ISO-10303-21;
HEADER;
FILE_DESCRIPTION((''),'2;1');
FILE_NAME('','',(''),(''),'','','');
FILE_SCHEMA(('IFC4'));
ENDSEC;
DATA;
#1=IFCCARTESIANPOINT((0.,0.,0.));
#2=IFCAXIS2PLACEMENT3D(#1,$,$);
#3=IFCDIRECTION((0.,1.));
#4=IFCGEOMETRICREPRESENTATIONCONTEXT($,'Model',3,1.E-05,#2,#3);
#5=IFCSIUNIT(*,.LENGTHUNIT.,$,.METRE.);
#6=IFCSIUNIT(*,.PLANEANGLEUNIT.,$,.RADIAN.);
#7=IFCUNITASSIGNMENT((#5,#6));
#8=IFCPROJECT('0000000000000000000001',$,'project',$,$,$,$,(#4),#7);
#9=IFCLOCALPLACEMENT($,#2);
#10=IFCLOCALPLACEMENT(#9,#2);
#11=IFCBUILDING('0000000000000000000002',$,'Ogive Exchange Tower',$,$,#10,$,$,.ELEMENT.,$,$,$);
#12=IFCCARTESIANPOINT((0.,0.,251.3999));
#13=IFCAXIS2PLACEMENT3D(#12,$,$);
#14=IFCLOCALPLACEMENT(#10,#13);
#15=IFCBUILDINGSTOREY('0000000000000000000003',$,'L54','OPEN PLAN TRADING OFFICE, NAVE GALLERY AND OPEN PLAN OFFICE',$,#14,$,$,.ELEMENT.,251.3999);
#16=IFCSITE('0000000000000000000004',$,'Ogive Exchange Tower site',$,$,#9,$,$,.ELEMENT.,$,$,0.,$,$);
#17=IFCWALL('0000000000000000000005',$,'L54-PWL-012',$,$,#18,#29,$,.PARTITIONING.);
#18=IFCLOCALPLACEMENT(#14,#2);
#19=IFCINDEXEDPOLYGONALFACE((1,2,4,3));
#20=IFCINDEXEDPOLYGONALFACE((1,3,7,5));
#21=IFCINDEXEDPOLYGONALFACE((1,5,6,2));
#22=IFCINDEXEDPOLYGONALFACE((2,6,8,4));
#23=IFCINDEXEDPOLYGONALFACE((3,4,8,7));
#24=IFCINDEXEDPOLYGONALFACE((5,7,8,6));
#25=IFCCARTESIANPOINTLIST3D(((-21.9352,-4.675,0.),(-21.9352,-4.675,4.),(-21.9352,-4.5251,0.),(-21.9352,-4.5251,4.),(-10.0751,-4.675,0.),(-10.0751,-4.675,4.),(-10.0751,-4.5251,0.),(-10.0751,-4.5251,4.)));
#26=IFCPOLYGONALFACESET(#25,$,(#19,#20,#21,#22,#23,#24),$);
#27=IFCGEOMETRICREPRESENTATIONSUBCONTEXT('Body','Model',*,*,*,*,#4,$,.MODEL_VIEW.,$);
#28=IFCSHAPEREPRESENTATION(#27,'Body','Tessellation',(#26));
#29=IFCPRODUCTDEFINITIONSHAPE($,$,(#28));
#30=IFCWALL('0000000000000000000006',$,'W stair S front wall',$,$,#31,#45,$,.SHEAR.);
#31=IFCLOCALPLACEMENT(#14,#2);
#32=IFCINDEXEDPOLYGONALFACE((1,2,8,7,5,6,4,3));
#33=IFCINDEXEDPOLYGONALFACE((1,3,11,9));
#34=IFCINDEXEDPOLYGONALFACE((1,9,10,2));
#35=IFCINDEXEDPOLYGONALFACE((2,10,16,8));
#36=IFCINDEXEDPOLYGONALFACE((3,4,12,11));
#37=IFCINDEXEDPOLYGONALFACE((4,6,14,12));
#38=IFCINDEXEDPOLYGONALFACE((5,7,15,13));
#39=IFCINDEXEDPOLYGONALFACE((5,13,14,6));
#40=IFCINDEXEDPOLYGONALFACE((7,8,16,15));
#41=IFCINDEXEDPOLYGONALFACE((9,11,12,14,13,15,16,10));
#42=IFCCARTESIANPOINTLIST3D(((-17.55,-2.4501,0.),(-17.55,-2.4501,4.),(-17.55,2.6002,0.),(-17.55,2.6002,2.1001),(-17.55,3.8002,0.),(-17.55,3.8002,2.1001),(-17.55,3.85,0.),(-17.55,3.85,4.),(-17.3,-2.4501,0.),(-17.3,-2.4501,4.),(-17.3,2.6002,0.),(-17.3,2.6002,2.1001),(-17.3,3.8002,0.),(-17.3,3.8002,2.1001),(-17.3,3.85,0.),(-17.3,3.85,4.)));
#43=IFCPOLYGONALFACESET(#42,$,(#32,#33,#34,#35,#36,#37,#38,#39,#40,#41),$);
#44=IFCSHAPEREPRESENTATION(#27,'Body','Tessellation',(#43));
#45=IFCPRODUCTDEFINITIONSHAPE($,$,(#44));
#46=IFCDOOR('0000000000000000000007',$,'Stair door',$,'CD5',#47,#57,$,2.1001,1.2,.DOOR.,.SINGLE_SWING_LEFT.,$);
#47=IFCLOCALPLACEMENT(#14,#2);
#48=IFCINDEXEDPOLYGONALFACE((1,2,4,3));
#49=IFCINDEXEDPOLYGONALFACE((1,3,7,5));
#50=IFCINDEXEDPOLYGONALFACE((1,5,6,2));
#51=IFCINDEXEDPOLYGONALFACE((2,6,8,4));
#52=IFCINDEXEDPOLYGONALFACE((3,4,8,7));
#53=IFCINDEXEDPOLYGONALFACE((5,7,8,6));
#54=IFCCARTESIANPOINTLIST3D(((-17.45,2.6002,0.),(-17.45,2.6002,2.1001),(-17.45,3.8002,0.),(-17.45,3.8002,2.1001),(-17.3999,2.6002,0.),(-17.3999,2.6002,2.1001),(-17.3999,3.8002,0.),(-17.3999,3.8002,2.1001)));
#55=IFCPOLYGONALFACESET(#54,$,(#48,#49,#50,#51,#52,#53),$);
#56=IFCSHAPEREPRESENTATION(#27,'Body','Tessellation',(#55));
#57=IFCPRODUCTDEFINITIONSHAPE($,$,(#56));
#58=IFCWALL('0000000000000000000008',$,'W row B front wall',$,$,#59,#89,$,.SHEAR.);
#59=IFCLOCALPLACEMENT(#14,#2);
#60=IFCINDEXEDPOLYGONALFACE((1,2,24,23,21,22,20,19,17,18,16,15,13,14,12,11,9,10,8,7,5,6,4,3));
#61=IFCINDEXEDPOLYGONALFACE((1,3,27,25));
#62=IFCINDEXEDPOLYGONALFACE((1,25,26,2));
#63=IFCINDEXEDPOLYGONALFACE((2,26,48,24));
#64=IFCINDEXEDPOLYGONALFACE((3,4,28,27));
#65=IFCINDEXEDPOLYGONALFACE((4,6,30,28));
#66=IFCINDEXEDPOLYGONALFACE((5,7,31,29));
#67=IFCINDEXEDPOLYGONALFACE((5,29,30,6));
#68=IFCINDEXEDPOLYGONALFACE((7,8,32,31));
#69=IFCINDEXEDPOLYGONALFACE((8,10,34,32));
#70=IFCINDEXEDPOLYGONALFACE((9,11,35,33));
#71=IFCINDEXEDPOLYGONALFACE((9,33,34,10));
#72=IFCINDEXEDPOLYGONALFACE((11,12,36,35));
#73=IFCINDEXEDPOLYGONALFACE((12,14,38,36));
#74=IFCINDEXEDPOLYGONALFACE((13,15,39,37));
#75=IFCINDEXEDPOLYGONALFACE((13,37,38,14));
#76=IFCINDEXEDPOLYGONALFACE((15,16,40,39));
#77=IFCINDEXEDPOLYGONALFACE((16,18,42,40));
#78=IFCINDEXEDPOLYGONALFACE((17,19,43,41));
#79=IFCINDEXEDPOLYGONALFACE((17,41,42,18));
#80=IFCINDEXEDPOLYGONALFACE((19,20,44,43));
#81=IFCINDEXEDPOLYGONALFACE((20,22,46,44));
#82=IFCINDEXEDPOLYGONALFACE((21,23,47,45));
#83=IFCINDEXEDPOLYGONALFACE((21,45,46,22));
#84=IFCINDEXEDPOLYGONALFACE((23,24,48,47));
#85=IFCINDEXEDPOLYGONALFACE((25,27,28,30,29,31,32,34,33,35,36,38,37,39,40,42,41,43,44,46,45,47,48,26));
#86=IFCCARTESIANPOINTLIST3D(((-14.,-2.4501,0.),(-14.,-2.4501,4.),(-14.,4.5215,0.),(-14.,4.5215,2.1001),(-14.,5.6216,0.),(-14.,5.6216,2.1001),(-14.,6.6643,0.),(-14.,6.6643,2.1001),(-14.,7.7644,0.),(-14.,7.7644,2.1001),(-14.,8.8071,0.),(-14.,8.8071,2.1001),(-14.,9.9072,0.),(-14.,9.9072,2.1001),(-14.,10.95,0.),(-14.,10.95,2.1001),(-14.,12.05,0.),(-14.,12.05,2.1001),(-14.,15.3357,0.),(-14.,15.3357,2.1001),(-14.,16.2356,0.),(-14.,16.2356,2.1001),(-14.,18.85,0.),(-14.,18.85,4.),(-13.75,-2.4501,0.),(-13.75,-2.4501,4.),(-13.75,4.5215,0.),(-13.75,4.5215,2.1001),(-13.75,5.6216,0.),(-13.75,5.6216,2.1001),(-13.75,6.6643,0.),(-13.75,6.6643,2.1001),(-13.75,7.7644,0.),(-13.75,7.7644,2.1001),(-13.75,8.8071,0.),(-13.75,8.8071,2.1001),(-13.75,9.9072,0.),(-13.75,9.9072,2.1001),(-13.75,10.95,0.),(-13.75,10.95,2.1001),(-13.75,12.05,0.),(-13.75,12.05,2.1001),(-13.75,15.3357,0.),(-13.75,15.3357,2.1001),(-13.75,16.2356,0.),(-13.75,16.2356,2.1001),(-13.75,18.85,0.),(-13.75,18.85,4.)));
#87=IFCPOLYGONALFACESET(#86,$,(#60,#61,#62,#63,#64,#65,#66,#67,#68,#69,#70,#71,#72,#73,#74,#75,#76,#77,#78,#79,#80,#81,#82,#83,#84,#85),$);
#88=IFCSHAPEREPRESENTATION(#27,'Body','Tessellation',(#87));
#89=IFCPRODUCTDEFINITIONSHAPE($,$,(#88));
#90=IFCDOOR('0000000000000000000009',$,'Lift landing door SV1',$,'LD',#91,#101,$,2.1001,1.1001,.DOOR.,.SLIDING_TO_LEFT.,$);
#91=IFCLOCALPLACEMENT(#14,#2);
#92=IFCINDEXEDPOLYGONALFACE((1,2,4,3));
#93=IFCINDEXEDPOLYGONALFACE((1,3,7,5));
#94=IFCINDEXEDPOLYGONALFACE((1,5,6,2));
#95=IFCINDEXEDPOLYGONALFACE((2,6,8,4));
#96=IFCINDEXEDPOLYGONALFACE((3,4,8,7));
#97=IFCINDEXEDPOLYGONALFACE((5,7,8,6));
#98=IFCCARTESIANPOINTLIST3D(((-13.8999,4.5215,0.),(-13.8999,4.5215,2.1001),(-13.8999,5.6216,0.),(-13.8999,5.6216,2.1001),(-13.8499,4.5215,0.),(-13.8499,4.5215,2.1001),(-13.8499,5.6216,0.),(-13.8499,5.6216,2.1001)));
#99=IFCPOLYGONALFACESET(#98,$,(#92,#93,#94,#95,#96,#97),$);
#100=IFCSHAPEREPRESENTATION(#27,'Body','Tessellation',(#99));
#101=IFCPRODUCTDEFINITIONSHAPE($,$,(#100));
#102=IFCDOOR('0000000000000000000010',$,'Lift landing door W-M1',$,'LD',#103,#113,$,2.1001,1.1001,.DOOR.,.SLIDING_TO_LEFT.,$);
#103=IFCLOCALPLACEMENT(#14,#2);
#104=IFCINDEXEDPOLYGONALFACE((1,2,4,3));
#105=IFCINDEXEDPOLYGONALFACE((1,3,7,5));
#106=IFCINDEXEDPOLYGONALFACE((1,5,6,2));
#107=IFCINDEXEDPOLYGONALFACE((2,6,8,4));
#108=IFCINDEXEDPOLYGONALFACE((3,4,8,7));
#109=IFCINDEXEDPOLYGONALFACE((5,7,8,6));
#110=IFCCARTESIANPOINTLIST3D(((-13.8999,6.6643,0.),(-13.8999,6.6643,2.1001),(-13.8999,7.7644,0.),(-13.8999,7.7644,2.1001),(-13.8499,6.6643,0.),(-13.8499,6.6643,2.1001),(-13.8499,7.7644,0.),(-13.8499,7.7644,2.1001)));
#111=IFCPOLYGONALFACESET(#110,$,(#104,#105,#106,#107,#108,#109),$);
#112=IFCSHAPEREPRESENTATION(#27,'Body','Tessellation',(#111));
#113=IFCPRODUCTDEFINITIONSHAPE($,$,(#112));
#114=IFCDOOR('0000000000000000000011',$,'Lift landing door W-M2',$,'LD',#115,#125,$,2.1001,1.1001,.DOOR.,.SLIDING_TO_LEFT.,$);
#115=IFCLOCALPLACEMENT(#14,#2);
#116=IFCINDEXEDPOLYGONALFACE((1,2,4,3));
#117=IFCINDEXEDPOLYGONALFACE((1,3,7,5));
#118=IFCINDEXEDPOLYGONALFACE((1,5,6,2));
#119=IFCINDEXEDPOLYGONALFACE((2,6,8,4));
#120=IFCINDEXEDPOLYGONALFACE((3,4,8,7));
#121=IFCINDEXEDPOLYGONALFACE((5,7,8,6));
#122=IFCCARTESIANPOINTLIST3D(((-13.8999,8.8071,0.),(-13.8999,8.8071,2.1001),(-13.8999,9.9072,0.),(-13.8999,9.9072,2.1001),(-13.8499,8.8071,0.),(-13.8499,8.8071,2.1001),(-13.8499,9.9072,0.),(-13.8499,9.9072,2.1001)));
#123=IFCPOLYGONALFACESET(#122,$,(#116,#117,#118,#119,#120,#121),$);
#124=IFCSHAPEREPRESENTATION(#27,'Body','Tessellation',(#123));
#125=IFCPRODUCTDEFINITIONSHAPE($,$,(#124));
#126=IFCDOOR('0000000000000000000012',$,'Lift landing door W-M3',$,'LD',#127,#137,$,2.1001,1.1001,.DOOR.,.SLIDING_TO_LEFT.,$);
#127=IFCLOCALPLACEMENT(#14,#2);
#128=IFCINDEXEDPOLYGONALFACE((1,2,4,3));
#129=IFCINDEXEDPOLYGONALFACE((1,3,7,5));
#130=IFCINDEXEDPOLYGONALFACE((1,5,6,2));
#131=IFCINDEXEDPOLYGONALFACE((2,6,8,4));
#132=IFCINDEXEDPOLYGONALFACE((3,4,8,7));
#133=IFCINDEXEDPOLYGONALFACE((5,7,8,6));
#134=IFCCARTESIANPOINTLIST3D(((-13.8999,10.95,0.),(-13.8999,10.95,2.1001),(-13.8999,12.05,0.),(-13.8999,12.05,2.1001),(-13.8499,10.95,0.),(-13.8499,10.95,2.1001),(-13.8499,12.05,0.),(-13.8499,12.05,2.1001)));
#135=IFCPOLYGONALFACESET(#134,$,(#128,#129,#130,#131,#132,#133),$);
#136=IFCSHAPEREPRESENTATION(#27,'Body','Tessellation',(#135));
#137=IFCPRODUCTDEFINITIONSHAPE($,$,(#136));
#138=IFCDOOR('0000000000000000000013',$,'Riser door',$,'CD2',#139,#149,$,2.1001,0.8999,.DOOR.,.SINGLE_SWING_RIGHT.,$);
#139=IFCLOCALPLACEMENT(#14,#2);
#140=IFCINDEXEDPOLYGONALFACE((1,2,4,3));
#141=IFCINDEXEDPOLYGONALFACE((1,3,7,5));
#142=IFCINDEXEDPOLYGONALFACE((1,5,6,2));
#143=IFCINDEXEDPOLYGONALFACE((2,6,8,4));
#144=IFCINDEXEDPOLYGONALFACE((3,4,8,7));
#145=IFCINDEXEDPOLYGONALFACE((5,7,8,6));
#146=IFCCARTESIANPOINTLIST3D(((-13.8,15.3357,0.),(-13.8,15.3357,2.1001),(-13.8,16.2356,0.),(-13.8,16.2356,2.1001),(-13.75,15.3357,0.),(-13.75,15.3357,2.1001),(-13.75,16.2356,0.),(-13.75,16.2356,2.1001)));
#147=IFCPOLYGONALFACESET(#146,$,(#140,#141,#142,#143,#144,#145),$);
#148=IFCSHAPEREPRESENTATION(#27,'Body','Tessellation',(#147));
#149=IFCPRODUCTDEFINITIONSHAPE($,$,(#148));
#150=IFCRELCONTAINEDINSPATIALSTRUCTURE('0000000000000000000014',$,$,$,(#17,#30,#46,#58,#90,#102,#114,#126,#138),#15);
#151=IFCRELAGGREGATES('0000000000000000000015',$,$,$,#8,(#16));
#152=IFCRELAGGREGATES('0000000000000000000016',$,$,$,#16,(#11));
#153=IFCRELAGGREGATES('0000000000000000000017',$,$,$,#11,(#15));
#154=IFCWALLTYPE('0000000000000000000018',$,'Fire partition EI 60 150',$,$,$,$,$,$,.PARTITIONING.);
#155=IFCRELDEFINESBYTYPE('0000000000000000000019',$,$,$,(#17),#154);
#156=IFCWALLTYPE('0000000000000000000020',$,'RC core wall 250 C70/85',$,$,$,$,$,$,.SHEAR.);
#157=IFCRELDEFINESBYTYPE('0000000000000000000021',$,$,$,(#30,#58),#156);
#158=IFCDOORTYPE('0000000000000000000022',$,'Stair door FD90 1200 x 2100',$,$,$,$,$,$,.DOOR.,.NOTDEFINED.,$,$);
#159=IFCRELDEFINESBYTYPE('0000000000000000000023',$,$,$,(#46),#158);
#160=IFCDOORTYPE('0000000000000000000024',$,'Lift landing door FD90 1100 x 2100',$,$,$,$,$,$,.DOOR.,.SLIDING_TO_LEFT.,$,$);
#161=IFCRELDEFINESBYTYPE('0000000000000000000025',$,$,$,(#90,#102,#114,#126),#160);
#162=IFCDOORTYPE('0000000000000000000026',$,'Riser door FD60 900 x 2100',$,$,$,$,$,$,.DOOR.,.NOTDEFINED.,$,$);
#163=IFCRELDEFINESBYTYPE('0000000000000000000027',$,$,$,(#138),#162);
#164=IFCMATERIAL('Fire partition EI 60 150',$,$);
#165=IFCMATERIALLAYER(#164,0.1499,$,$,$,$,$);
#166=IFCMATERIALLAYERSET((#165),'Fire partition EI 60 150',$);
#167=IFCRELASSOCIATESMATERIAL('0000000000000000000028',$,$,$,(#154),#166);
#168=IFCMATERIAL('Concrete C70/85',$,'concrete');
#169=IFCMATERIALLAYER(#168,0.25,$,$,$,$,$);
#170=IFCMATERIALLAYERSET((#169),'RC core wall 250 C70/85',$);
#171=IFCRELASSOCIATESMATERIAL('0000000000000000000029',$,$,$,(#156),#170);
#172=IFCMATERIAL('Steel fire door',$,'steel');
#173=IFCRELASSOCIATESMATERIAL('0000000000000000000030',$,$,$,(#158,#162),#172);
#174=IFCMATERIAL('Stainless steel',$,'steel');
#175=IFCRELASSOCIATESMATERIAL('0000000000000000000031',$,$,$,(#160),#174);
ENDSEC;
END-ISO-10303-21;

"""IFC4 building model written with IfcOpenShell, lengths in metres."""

from ifc_helpers import new_model, si_unit, direction, frame, frame_2d, origin, place, context, subcontext, project, spatial, rectangle, extrude, material, layer, layer_set, type_object, element, fill, save


model = new_model("IFC4")

# Units and contexts
model_context = context("Model", 3, precision=1e-05, world=origin(), true_north=direction((0.0, 1.0)))
body_context = subcontext(model_context, "Body", "Model", "MODEL_VIEW")
ifc_project = project(units=[si_unit("LENGTHUNIT", "METRE"), si_unit("PLANEANGLEUNIT", "RADIAN")], contexts=[model_context])

# Site, building, storey
site_placement = place(None, origin())
site = spatial("IfcSite", under=ifc_project, at=site_placement, Name="Ogive Exchange Tower site", CompositionType="ELEMENT", RefElevation=0.0)
building_placement = place(site_placement, origin())
building = spatial("IfcBuilding", under=site, at=building_placement, Name="Ogive Exchange Tower", CompositionType="ELEMENT")
storey_placement = place(building_placement, frame((0.0, 0.0, 251.3999)))
storey = spatial("IfcBuildingStorey", under=building, at=storey_placement, Name="L54", Description="OPEN PLAN TRADING OFFICE, NAVE GALLERY AND OPEN PLAN OFFICE", CompositionType="ELEMENT", Elevation=251.3999)

# Wall
ifc_material_1 = material(Name="Fire partition EI 60 150")
ifc_layer_1 = layer(ifc_material_1, 0.1499)
ifc_layer_set_1 = layer_set([ifc_layer_1], Name="Fire partition EI 60 150")
wall_type_1 = type_object("IfcWallType", Name="Fire partition EI 60 150", PredefinedType="PARTITIONING", material=ifc_layer_set_1)
wall_1_placement = place(storey_placement, frame((-10.075, -4.6001, 0.0), z_axis=(0.0, 0.0, 1.0), x_axis=(-1.0, 0.0, 0.0)))
element("IfcWall", 1, at=wall_1_placement, inside=storey, type_object=wall_type_1, Name="L54-PWL-012", PredefinedType="PARTITIONING", context=body_context, shape_type="SweptSolid", body=[
    extrude(rectangle(XDim=11.8601, YDim=0.1499, at=frame_2d((5.9302, 0.0))), origin(), (0.0, 0.0, 1.0), 4.0),
])

# Wall, opening, door
ifc_material_2 = material(Name="Concrete C70/85", Category="concrete")
ifc_layer_2 = layer(ifc_material_2, 0.25)
ifc_layer_set_2 = layer_set([ifc_layer_2], Name="RC core wall 250 C70/85")
wall_type_2 = type_object("IfcWallType", Name="RC core wall 250 C70/85", PredefinedType="SHEAR", material=ifc_layer_set_2)
wall_2_placement = place(storey_placement, frame((-17.425, -2.45, 0.0), z_axis=(0.0, 0.0, 1.0), x_axis=(0.0, 1.0, 0.0)))
wall_2 = element("IfcWall", 2, at=wall_2_placement, inside=storey, type_object=wall_type_2, Name="W stair S front wall", PredefinedType="SHEAR", context=body_context, shape_type="SweptSolid", body=[
    extrude(rectangle(XDim=6.3, YDim=0.25, at=frame_2d((3.1499, 0.0))), origin(), (0.0, 0.0, 1.0), 4.0),
])
opening_1_placement = place(wall_2_placement, frame((5.05, 0.0, 0.0)))
opening_1 = element("IfcOpeningElement", 3, at=opening_1_placement, cuts=wall_2, PredefinedType="OPENING", context=body_context, shape_type="SweptSolid", body=[
    extrude(rectangle(XDim=1.2, YDim=2.1001, at=frame_2d((0.6001, 1.05))), frame((0.0, 0.135, 0.0), z_axis=(0.0, -1.0, 0.0), x_axis=(1.0, 0.0, 0.0)), (0.0, 0.0, 1.0), 0.27),
])
ifc_material_3 = material(Name="Steel fire door", Category="steel")
door_type_1 = type_object("IfcDoorType", Name="Stair door FD90 1200 x 2100", OperationType="NOTDEFINED", PredefinedType="DOOR", material=ifc_material_3)
door_1_placement = place(opening_1_placement, origin())
door_1 = element("IfcDoor", 4, at=door_1_placement, inside=storey, type_object=door_type_1, Name="Stair door", ObjectType="CD5", OperationType="SINGLE_SWING_LEFT", OverallHeight=2.1001, OverallWidth=1.2, PredefinedType="DOOR", context=body_context, shape_type="SweptSolid", body=[
    extrude(rectangle(XDim=1.2, YDim=2.1001, at=frame_2d((0.6001, 1.05))), frame((0.0, 0.0249, 0.0), z_axis=(0.0, -1.0, 0.0), x_axis=(1.0, 0.0, 0.0)), (0.0, 0.0, 1.0), 0.05),
])
fill(opening_1, door_1)

# Wall, openings, doors
wall_3_placement = place(storey_placement, frame((-13.875, -2.45, 0.0), z_axis=(0.0, 0.0, 1.0), x_axis=(0.0, 1.0, 0.0)))
wall_3 = element("IfcWall", 5, at=wall_3_placement, inside=storey, type_object=wall_type_2, Name="W row B front wall", PredefinedType="SHEAR", context=body_context, shape_type="SweptSolid", body=[
    extrude(rectangle(XDim=21.3, YDim=0.25, at=frame_2d((10.6499, 0.0))), origin(), (0.0, 0.0, 1.0), 4.0),
])
opening_2_placement = place(wall_3_placement, frame((17.7856, 0.0, 0.0)))
opening_2 = element("IfcOpeningElement", 6, at=opening_2_placement, cuts=wall_3, PredefinedType="OPENING", context=body_context, shape_type="SweptSolid", body=[
    extrude(rectangle(XDim=0.8999, YDim=2.1001, at=frame_2d((0.45, 1.05))), frame((0.0, 0.135, 0.0), z_axis=(0.0, -1.0, 0.0), x_axis=(1.0, 0.0, 0.0)), (0.0, 0.0, 1.0), 0.27),
])
opening_3_placement = place(wall_3_placement, frame((6.9714, 0.0, 0.0)))
opening_3 = element("IfcOpeningElement", 7, at=opening_3_placement, cuts=wall_3, PredefinedType="OPENING", context=body_context, shape_type="SweptSolid", body=[
    extrude(rectangle(XDim=1.1001, YDim=2.1001, at=frame_2d((0.55, 1.05))), frame((0.0, 0.135, 0.0), z_axis=(0.0, -1.0, 0.0), x_axis=(1.0, 0.0, 0.0)), (0.0, 0.0, 1.0), 0.27),
])
opening_4_placement = place(wall_3_placement, frame((9.1143, 0.0, 0.0)))
opening_4 = element("IfcOpeningElement", 8, at=opening_4_placement, cuts=wall_3, PredefinedType="OPENING", context=body_context, shape_type="SweptSolid", body=[
    extrude(rectangle(XDim=1.1001, YDim=2.1001, at=frame_2d((0.55, 1.05))), frame((0.0, 0.135, 0.0), z_axis=(0.0, -1.0, 0.0), x_axis=(1.0, 0.0, 0.0)), (0.0, 0.0, 1.0), 0.27),
])
opening_5_placement = place(wall_3_placement, frame((11.2571, 0.0, 0.0)))
opening_5 = element("IfcOpeningElement", 9, at=opening_5_placement, cuts=wall_3, PredefinedType="OPENING", context=body_context, shape_type="SweptSolid", body=[
    extrude(rectangle(XDim=1.1001, YDim=2.1001, at=frame_2d((0.55, 1.05))), frame((0.0, 0.135, 0.0), z_axis=(0.0, -1.0, 0.0), x_axis=(1.0, 0.0, 0.0)), (0.0, 0.0, 1.0), 0.27),
])
opening_6_placement = place(wall_3_placement, frame((13.3999, 0.0, 0.0)))
opening_6 = element("IfcOpeningElement", 10, at=opening_6_placement, cuts=wall_3, PredefinedType="OPENING", context=body_context, shape_type="SweptSolid", body=[
    extrude(rectangle(XDim=1.1001, YDim=2.1001, at=frame_2d((0.55, 1.05))), frame((0.0, 0.135, 0.0), z_axis=(0.0, -1.0, 0.0), x_axis=(1.0, 0.0, 0.0)), (0.0, 0.0, 1.0), 0.27),
])
ifc_material_4 = material(Name="Stainless steel", Category="steel")
door_type_2 = type_object("IfcDoorType", Name="Lift landing door FD90 1100 x 2100", OperationType="SLIDING_TO_LEFT", PredefinedType="DOOR", material=ifc_material_4)
door_2_placement = place(opening_3_placement, origin())
door_2 = element("IfcDoor", 11, at=door_2_placement, inside=storey, type_object=door_type_2, Name="Lift landing door SV1", ObjectType="LD", OperationType="SLIDING_TO_LEFT", OverallHeight=2.1001, OverallWidth=1.1001, PredefinedType="DOOR", context=body_context, shape_type="SweptSolid", body=[
    extrude(rectangle(XDim=1.1001, YDim=2.1001, at=frame_2d((0.55, 1.05))), frame((0.0, 0.0249, 0.0), z_axis=(0.0, -1.0, 0.0), x_axis=(1.0, 0.0, 0.0)), (0.0, 0.0, 1.0), 0.05),
])
fill(opening_3, door_2)
door_3_placement = place(opening_4_placement, origin())
door_3 = element("IfcDoor", 12, at=door_3_placement, inside=storey, type_object=door_type_2, Name="Lift landing door W-M1", ObjectType="LD", OperationType="SLIDING_TO_LEFT", OverallHeight=2.1001, OverallWidth=1.1001, PredefinedType="DOOR", context=body_context, shape_type="SweptSolid", body=[
    extrude(rectangle(XDim=1.1001, YDim=2.1001, at=frame_2d((0.55, 1.05))), frame((0.0, 0.0249, 0.0), z_axis=(0.0, -1.0, 0.0), x_axis=(1.0, 0.0, 0.0)), (0.0, 0.0, 1.0), 0.05),
])
fill(opening_4, door_3)
door_4_placement = place(opening_5_placement, origin())
door_4 = element("IfcDoor", 13, at=door_4_placement, inside=storey, type_object=door_type_2, Name="Lift landing door W-M2", ObjectType="LD", OperationType="SLIDING_TO_LEFT", OverallHeight=2.1001, OverallWidth=1.1001, PredefinedType="DOOR", context=body_context, shape_type="SweptSolid", body=[
    extrude(rectangle(XDim=1.1001, YDim=2.1001, at=frame_2d((0.55, 1.05))), frame((0.0, 0.0249, 0.0), z_axis=(0.0, -1.0, 0.0), x_axis=(1.0, 0.0, 0.0)), (0.0, 0.0, 1.0), 0.05),
])
fill(opening_5, door_4)
door_5_placement = place(opening_6_placement, origin())
door_5 = element("IfcDoor", 14, at=door_5_placement, inside=storey, type_object=door_type_2, Name="Lift landing door W-M3", ObjectType="LD", OperationType="SLIDING_TO_LEFT", OverallHeight=2.1001, OverallWidth=1.1001, PredefinedType="DOOR", context=body_context, shape_type="SweptSolid", body=[
    extrude(rectangle(XDim=1.1001, YDim=2.1001, at=frame_2d((0.55, 1.05))), frame((0.0, 0.0249, 0.0), z_axis=(0.0, -1.0, 0.0), x_axis=(1.0, 0.0, 0.0)), (0.0, 0.0, 1.0), 0.05),
])
fill(opening_6, door_5)
door_type_3 = type_object("IfcDoorType", Name="Riser door FD60 900 x 2100", OperationType="NOTDEFINED", PredefinedType="DOOR", material=ifc_material_3)
door_6_placement = place(opening_2_placement, frame((0.8999, -0.2002, 0.0), z_axis=(0.0, 0.0, 1.0), x_axis=(-1.0, 0.0, 0.0)))
door_6 = element("IfcDoor", 15, at=door_6_placement, inside=storey, type_object=door_type_3, Name="Riser door", ObjectType="CD2", OperationType="SINGLE_SWING_RIGHT", OverallHeight=2.1001, OverallWidth=0.8999, PredefinedType="DOOR", context=body_context, shape_type="SweptSolid", body=[
    extrude(rectangle(XDim=0.8999, YDim=2.1001, at=frame_2d((0.45, 1.05))), frame((0.0, -0.0752, 0.0), z_axis=(0.0, -1.0, 0.0), x_axis=(1.0, 0.0, 0.0)), (0.0, 0.0, 1.0), 0.05),
])
fill(opening_2, door_6)

save(model, "model.ifc")
